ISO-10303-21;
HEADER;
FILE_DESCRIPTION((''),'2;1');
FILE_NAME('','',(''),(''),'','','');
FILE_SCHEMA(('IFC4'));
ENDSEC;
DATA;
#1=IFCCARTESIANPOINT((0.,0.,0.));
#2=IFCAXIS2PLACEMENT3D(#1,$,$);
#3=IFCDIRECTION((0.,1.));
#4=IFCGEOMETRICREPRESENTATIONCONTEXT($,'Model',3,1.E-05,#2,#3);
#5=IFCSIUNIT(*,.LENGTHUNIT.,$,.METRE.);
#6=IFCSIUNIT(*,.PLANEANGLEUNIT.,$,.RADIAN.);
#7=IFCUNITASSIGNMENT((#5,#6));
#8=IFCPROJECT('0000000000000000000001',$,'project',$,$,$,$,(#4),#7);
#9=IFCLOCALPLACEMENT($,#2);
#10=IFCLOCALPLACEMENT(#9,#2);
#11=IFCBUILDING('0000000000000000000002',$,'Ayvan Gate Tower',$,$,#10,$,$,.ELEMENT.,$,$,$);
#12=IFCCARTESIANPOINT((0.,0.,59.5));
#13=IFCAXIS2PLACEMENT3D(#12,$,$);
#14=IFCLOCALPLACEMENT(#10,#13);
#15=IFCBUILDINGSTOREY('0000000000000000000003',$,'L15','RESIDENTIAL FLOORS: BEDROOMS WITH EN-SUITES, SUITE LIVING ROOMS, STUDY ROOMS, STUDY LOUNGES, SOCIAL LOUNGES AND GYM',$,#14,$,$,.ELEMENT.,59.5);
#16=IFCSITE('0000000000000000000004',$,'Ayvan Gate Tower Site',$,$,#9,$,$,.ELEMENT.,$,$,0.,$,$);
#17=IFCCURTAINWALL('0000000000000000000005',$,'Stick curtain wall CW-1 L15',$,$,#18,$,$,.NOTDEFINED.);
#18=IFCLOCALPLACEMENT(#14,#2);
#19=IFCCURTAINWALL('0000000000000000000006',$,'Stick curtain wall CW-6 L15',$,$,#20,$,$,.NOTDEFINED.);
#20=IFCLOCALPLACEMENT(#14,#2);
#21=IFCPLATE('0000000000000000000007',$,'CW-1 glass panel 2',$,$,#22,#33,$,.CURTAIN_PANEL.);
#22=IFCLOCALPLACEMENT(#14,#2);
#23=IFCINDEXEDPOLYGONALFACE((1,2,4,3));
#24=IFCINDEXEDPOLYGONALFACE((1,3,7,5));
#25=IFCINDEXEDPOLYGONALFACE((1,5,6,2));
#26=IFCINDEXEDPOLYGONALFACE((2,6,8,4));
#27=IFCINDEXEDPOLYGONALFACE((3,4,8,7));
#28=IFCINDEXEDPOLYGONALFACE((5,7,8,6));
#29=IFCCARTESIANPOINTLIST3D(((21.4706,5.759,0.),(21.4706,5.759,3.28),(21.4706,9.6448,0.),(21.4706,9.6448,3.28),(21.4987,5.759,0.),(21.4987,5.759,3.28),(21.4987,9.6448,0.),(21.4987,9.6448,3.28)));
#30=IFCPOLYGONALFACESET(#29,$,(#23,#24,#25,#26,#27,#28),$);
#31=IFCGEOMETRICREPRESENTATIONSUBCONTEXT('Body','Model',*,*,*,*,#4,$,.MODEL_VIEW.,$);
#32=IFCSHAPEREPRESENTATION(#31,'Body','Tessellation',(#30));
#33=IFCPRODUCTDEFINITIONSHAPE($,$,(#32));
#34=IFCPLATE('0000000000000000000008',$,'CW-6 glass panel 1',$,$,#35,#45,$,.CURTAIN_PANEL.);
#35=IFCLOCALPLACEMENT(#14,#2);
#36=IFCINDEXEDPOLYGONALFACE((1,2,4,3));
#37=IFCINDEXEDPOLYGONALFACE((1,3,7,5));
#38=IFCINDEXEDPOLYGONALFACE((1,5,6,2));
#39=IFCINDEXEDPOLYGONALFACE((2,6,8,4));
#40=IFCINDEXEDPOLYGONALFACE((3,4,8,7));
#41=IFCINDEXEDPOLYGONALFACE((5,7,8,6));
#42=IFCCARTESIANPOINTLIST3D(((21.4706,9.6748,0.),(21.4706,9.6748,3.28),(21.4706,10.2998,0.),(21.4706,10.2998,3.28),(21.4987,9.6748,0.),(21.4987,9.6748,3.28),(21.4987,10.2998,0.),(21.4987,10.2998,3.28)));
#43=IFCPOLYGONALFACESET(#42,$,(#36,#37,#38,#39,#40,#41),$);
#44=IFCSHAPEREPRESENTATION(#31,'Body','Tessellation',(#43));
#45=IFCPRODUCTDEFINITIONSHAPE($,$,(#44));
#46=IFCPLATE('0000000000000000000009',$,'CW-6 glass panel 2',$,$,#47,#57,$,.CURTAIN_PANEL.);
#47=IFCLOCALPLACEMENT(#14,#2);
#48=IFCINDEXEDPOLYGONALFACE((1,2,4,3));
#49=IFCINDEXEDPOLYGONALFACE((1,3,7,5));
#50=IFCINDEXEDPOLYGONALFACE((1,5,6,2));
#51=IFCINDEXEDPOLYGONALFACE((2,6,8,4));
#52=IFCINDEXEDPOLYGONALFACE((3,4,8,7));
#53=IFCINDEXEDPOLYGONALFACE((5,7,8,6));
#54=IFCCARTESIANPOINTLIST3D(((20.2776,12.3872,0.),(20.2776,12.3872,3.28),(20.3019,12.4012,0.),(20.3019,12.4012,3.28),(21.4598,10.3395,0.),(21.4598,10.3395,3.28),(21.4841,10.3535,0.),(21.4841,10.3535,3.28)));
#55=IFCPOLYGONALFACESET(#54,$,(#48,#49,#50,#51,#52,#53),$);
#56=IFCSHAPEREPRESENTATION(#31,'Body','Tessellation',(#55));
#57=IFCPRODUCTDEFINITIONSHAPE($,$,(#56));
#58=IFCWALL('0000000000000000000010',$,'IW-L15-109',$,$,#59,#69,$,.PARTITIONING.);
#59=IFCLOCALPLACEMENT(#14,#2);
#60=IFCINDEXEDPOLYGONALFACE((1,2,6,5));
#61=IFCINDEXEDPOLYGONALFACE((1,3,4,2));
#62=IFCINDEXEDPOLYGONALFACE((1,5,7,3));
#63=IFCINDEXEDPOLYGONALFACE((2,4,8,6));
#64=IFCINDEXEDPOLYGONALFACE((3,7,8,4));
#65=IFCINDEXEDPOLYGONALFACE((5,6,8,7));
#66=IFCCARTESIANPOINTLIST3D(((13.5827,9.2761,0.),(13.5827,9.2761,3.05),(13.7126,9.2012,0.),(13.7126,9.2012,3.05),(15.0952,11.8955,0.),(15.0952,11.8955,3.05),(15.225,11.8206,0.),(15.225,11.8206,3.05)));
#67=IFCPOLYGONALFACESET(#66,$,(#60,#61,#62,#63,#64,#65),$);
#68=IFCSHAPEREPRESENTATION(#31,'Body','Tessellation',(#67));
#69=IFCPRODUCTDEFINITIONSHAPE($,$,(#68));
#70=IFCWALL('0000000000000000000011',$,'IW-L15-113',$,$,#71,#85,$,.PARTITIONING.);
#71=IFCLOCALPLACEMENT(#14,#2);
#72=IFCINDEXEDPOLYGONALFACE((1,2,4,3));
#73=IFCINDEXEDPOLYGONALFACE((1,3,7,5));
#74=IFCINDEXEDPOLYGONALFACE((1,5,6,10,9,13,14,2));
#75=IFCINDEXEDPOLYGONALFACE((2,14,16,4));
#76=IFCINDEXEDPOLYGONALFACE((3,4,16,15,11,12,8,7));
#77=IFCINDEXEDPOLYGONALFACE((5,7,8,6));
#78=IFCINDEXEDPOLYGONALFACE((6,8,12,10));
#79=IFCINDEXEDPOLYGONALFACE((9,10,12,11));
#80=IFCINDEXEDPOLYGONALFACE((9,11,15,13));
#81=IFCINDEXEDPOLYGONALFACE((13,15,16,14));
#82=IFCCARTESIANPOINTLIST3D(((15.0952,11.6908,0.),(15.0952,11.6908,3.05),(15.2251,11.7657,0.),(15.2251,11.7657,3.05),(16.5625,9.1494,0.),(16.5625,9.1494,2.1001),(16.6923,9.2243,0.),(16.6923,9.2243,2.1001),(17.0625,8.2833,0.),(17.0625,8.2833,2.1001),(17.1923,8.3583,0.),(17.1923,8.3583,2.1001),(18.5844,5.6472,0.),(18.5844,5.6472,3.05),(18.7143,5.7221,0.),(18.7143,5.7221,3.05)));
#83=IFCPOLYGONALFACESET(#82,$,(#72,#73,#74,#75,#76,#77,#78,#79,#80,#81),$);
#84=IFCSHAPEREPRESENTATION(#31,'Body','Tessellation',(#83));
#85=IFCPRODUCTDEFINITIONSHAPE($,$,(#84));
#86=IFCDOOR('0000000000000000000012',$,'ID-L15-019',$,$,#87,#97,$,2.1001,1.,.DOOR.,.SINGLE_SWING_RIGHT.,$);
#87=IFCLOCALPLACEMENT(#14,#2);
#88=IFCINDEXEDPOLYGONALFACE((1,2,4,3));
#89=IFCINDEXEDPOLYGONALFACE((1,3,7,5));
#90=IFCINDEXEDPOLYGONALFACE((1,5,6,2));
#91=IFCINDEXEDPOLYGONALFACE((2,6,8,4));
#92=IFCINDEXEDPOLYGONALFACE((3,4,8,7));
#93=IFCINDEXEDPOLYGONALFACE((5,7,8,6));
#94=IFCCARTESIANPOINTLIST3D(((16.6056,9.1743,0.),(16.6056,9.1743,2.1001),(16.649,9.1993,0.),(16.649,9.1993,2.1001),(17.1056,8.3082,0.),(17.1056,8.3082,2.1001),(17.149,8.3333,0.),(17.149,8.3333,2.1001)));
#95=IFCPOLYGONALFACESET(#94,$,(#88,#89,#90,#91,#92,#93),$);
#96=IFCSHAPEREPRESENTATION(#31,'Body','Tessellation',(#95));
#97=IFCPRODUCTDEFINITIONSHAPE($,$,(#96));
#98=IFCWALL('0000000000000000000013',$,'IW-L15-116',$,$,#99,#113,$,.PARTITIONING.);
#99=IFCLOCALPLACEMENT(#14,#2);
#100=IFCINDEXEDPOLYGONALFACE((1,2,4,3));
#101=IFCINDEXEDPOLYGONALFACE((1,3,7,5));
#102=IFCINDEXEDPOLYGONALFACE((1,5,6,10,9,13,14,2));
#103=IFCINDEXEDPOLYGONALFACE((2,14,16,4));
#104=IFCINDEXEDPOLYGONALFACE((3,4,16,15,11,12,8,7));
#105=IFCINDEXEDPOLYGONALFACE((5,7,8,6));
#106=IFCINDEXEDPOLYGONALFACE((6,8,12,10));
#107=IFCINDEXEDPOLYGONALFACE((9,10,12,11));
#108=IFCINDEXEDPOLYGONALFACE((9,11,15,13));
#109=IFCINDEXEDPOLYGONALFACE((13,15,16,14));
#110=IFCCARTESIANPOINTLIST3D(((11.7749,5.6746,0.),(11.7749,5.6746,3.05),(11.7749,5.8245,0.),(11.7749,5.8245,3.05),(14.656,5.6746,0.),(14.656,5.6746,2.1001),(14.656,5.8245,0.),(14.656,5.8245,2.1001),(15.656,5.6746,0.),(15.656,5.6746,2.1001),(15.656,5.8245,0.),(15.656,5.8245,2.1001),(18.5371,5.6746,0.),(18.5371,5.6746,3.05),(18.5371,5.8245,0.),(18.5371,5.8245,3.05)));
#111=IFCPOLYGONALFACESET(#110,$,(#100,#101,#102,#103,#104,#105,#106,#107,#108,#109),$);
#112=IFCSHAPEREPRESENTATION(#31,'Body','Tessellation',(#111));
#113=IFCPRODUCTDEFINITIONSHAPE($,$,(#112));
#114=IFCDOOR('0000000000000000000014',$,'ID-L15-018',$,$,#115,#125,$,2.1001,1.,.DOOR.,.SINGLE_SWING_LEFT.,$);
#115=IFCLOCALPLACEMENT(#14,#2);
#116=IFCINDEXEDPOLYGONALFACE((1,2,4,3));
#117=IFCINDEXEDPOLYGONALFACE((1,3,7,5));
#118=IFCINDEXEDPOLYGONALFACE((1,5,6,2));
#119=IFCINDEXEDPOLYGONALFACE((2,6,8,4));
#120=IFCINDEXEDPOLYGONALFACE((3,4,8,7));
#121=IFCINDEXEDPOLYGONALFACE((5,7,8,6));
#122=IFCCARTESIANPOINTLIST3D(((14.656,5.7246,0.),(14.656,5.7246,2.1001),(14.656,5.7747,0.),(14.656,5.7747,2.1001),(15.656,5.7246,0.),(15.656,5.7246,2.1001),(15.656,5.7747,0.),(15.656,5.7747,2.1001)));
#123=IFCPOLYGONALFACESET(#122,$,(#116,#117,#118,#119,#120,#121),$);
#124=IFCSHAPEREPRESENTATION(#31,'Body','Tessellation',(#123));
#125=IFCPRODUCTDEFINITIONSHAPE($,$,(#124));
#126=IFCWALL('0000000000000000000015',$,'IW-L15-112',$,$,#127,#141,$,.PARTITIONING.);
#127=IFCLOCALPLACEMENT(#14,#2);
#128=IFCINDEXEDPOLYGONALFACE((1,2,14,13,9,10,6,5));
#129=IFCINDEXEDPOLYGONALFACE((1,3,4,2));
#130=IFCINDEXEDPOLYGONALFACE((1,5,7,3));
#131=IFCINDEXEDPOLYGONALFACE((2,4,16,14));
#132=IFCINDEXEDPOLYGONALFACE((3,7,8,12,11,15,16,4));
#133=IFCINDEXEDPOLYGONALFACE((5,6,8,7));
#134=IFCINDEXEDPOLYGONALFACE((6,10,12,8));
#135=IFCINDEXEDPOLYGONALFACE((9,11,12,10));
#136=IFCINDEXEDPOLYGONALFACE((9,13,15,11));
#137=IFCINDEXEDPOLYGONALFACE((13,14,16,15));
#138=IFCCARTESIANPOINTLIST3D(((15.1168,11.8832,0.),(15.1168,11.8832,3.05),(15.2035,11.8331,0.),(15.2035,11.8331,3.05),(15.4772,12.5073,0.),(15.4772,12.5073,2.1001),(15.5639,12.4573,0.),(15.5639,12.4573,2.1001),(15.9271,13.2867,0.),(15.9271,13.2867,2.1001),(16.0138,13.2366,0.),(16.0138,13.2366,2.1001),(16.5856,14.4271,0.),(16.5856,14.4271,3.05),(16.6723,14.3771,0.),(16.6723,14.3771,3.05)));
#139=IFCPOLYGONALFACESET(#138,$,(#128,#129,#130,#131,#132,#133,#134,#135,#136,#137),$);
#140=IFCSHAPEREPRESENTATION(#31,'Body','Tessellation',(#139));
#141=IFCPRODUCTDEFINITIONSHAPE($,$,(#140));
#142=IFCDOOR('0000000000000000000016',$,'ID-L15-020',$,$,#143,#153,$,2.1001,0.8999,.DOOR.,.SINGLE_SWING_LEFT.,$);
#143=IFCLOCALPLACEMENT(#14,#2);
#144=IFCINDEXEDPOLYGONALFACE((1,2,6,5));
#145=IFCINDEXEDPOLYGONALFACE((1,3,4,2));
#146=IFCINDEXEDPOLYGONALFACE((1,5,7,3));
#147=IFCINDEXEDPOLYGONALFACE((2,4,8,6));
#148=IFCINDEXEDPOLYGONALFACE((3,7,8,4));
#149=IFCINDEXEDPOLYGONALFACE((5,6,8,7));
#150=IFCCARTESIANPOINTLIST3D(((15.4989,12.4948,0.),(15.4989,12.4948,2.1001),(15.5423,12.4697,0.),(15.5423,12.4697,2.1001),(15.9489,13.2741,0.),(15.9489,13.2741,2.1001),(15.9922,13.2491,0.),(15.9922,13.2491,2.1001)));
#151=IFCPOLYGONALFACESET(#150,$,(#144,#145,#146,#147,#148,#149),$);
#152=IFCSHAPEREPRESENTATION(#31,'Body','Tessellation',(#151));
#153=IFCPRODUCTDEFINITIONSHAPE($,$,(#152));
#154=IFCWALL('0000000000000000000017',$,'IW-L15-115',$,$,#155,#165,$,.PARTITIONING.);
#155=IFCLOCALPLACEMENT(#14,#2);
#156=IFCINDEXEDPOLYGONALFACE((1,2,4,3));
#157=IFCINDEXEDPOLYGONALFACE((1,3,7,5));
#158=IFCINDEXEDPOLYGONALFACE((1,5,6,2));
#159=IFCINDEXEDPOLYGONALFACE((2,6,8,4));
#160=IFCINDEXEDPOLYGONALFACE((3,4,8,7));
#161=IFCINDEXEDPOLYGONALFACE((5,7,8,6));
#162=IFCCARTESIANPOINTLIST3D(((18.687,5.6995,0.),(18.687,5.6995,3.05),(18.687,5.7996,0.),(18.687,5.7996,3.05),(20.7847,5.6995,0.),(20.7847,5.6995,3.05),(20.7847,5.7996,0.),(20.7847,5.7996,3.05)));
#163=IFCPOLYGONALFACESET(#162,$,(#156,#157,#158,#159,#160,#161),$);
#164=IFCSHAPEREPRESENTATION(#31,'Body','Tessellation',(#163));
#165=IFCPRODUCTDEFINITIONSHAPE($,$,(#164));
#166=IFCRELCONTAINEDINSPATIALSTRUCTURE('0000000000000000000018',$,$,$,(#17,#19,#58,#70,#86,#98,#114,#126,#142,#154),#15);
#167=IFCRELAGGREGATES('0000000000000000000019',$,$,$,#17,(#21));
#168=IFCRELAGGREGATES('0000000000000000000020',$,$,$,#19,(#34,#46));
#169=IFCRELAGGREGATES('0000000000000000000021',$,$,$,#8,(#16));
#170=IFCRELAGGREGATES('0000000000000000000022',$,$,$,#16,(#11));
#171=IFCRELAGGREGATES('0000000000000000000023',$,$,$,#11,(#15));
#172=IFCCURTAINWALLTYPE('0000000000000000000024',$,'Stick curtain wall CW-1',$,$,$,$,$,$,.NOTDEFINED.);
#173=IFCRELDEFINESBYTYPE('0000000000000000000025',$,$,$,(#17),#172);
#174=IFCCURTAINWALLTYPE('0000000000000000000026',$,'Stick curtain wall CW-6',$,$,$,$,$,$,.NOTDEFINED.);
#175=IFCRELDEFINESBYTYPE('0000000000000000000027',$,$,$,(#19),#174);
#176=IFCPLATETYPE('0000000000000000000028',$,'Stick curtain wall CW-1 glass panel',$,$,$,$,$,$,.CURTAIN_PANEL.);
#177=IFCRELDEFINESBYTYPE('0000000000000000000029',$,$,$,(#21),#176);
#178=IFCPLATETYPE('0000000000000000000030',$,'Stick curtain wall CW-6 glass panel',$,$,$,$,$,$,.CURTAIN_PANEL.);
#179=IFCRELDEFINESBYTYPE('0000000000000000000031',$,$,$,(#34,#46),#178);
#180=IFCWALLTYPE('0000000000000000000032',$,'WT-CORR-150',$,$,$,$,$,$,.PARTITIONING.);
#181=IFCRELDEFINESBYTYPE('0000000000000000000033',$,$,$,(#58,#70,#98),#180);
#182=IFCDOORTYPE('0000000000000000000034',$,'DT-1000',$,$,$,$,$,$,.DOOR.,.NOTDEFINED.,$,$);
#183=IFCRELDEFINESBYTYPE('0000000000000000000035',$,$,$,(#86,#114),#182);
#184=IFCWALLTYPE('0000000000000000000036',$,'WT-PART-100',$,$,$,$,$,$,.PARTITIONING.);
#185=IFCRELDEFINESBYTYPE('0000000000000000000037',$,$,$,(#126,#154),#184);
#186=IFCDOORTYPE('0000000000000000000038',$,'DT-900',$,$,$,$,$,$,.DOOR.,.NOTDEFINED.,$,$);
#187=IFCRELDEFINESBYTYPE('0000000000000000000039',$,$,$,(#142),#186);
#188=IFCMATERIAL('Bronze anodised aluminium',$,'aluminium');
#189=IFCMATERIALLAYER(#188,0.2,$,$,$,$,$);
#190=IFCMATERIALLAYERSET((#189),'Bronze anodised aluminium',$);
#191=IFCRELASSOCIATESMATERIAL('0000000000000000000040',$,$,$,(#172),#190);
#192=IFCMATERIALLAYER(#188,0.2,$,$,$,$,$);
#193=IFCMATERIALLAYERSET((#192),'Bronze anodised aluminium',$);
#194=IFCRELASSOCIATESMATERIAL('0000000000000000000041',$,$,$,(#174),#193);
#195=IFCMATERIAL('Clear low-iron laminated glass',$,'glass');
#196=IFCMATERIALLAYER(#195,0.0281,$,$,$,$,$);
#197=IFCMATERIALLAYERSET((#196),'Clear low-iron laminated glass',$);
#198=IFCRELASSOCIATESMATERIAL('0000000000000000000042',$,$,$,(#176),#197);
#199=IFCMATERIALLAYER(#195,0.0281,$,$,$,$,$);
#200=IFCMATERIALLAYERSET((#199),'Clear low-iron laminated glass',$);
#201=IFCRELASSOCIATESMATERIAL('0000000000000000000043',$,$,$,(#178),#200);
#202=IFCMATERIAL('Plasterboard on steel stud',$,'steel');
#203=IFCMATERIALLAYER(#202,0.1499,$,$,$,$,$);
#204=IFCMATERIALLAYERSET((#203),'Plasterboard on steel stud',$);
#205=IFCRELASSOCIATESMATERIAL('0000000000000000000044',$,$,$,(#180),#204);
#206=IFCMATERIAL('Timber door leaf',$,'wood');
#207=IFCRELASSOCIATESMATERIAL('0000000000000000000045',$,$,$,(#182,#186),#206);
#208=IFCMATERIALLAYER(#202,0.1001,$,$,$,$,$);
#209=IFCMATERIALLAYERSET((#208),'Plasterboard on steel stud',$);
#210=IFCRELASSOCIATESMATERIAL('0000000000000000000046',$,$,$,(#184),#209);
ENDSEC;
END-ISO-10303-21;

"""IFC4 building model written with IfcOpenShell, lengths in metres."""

from ifc_helpers import new_model, si_unit, direction, frame, frame_2d, origin, origin_2d, place, context, subcontext, project, spatial, rectangle, extrude, material, layer, layer_set, type_object, element, fill, aggregate, save


model = new_model("IFC4")

# Units and contexts
model_context = context("Model", 3, precision=1e-05, world=origin(), true_north=direction((0.0, 1.0)))
body_context = subcontext(model_context, "Body", "Model", "MODEL_VIEW")
ifc_project = project(units=[si_unit("LENGTHUNIT", "METRE"), si_unit("PLANEANGLEUNIT", "RADIAN")], contexts=[model_context])

# Site, building, storey
site_placement = place(None, origin())
site = spatial("IfcSite", under=ifc_project, at=site_placement, Name="Ayvan Gate Tower Site", CompositionType="ELEMENT", RefElevation=0.0)
building_placement = place(site_placement, origin())
building = spatial("IfcBuilding", under=site, at=building_placement, Name="Ayvan Gate Tower", CompositionType="ELEMENT")
storey_placement = place(building_placement, frame((0.0, 0.0, 59.5)))
storey = spatial("IfcBuildingStorey", under=building, at=storey_placement, Name="L15", Description="RESIDENTIAL FLOORS: BEDROOMS WITH EN-SUITES, SUITE LIVING ROOMS, STUDY ROOMS, STUDY LOUNGES, SOCIAL LOUNGES AND GYM", CompositionType="ELEMENT", Elevation=59.5)

# Curtain walls
ifc_material_1 = material(Name="Bronze anodised aluminium", Category="aluminium")
ifc_layer_1 = layer(ifc_material_1, 0.2)
ifc_layer_set_1 = layer_set([ifc_layer_1], Name="Bronze anodised aluminium")
curtain_wall_type_1 = type_object("IfcCurtainWallType", Name="Stick curtain wall CW-1", PredefinedType="NOTDEFINED", material=ifc_layer_set_1)
curtain_wall_1_placement = place(storey_placement, origin())
curtain_wall_1 = element("IfcCurtainWall", 1, at=curtain_wall_1_placement, inside=storey, type_object=curtain_wall_type_1, Name="Stick curtain wall CW-1 L15", PredefinedType="NOTDEFINED")
ifc_layer_2 = layer(ifc_material_1, 0.2)
ifc_layer_set_2 = layer_set([ifc_layer_2], Name="Bronze anodised aluminium")
curtain_wall_type_2 = type_object("IfcCurtainWallType", Name="Stick curtain wall CW-6", PredefinedType="NOTDEFINED", material=ifc_layer_set_2)
curtain_wall_2_placement = place(storey_placement, origin())
curtain_wall_2 = element("IfcCurtainWall", 2, at=curtain_wall_2_placement, inside=storey, type_object=curtain_wall_type_2, Name="Stick curtain wall CW-6 L15", PredefinedType="NOTDEFINED")

# Plates
ifc_material_2 = material(Name="Clear low-iron laminated glass", Category="glass")
ifc_layer_3 = layer(ifc_material_2, 0.0281)
ifc_layer_set_3 = layer_set([ifc_layer_3], Name="Clear low-iron laminated glass")
plate_type_1 = type_object("IfcPlateType", Name="Stick curtain wall CW-1 glass panel", PredefinedType="CURTAIN_PANEL", material=ifc_layer_set_3)
plate_1_placement = place(storey_placement, frame((21.4846, 7.7019, 0.0), z_axis=(0.0, 0.0, 1.0), x_axis=(0.0, 1.0, 0.0)))
plate_1 = element("IfcPlate", 3, at=plate_1_placement, type_object=plate_type_1, Name="CW-1 glass panel 2", PredefinedType="CURTAIN_PANEL", context=body_context, shape_type="SweptSolid", body=[
    extrude(rectangle(XDim=3.8857, YDim=0.0281, at=origin_2d()), origin(), (0.0, 0.0, 1.0), 3.28),
])
aggregate(curtain_wall_1, [plate_1])
ifc_layer_4 = layer(ifc_material_2, 0.0281)
ifc_layer_set_4 = layer_set([ifc_layer_4], Name="Clear low-iron laminated glass")
plate_type_2 = type_object("IfcPlateType", Name="Stick curtain wall CW-6 glass panel", PredefinedType="CURTAIN_PANEL", material=ifc_layer_set_4)
plate_2_placement = place(storey_placement, frame((21.4846, 9.9873, 0.0), z_axis=(0.0, 0.0, 1.0), x_axis=(0.0, 1.0, 0.0)))
plate_2 = element("IfcPlate", 4, at=plate_2_placement, type_object=plate_type_2, Name="CW-6 glass panel 1", PredefinedType="CURTAIN_PANEL", context=body_context, shape_type="SweptSolid", body=[
    extrude(rectangle(XDim=0.625, YDim=0.0281, at=origin_2d()), origin(), (0.0, 0.0, 1.0), 3.28),
])
plate_3_placement = place(storey_placement, frame((20.8809, 11.3704, 0.0), z_axis=(0.0, 0.0, 1.0), x_axis=(-0.5, 0.866025, 0.0)))
plate_3 = element("IfcPlate", 5, at=plate_3_placement, type_object=plate_type_2, Name="CW-6 glass panel 2", PredefinedType="CURTAIN_PANEL", context=body_context, shape_type="SweptSolid", body=[
    extrude(rectangle(XDim=2.3645, YDim=0.0281, at=origin_2d()), origin(), (0.0, 0.0, 1.0), 3.28),
])
aggregate(curtain_wall_2, [plate_2, plate_3])

# Wall
ifc_material_3 = material(Name="Plasterboard on steel stud", Category="steel")
ifc_layer_5 = layer(ifc_material_3, 0.1499)
ifc_layer_set_5 = layer_set([ifc_layer_5], Name="Plasterboard on steel stud")
wall_type_1 = type_object("IfcWallType", Name="WT-CORR-150", PredefinedType="PARTITIONING", material=ifc_layer_set_5)
wall_1_placement = place(storey_placement, frame((13.6477, 9.2388, 0.0), z_axis=(0.0, 0.0, 1.0), x_axis=(0.500037, 0.866004, 0.0)))
element("IfcWall", 6, at=wall_1_placement, inside=storey, type_object=wall_type_1, Name="IW-L15-109", PredefinedType="PARTITIONING", context=body_context, shape_type="SweptSolid", body=[
    extrude(rectangle(XDim=3.0247, YDim=0.1499, at=frame_2d((1.5122, 0.0))), origin(), (0.0, 0.0, 1.0), 3.05),
])

# Walls, openings, doors
wall_2_placement = place(storey_placement, frame((15.1602, 11.7283, 0.0), z_axis=(0.0, 0.0, 1.0), x_axis=(0.499992, -0.86603, 0.0)))
wall_2 = element("IfcWall", 7, at=wall_2_placement, inside=storey, type_object=wall_type_1, Name="IW-L15-113", PredefinedType="PARTITIONING", context=body_context, shape_type="SweptSolid", body=[
    extrude(rectangle(XDim=6.9785, YDim=0.1499, at=frame_2d((3.4893, 0.0))), origin(), (0.0, 0.0, 1.0), 3.05),
])
opening_1_placement = place(wall_2_placement, frame((2.9346, 0.0, 0.0)))
opening_1 = element("IfcOpeningElement", 8, at=opening_1_placement, cuts=wall_2, PredefinedType="OPENING", context=body_context, shape_type="SweptSolid", body=[
    extrude(rectangle(XDim=1.0, YDim=2.1001, at=frame_2d((0.5, 1.05))), frame((0.0, 0.085, 0.0), z_axis=(0.0, -1.0, 0.0), x_axis=(1.0, 0.0, 0.0)), (0.0, 0.0, 1.0), 0.1699),
])
ifc_material_4 = material(Name="Timber door leaf", Category="wood")
door_type_1 = type_object("IfcDoorType", Name="DT-1000", OperationType="NOTDEFINED", PredefinedType="DOOR", material=ifc_material_4)
door_1_placement = place(opening_1_placement, origin())
door_1 = element("IfcDoor", 9, at=door_1_placement, inside=storey, type_object=door_type_1, Name="ID-L15-019", OperationType="SINGLE_SWING_RIGHT", OverallHeight=2.1001, OverallWidth=1.0, PredefinedType="DOOR", context=body_context, shape_type="SweptSolid", body=[
    extrude(rectangle(XDim=1.0, YDim=2.1001, at=frame_2d((0.5, 1.05))), frame((0.0, 0.0249, 0.0), z_axis=(0.0, -1.0, 0.0), x_axis=(1.0, 0.0, 0.0)), (0.0, 0.0, 1.0), 0.05),
])
fill(opening_1, door_1)
wall_3_placement = place(storey_placement, frame((18.5371, 5.7495, 0.0), z_axis=(0.0, 0.0, 1.0), x_axis=(-1.0, 0.0, 0.0)))
wall_3 = element("IfcWall", 10, at=wall_3_placement, inside=storey, type_object=wall_type_1, Name="IW-L15-116", PredefinedType="PARTITIONING", context=body_context, shape_type="SweptSolid", body=[
    extrude(rectangle(XDim=6.7622, YDim=0.1499, at=frame_2d((3.3811, 0.0))), origin(), (0.0, 0.0, 1.0), 3.05),
])
opening_2_placement = place(wall_3_placement, frame((2.8811, 0.0, 0.0)))
opening_2 = element("IfcOpeningElement", 11, at=opening_2_placement, cuts=wall_3, PredefinedType="OPENING", context=body_context, shape_type="SweptSolid", body=[
    extrude(rectangle(XDim=1.0, YDim=2.1001, at=frame_2d((0.5, 1.05))), frame((0.0, 0.085, 0.0), z_axis=(0.0, -1.0, 0.0), x_axis=(1.0, 0.0, 0.0)), (0.0, 0.0, 1.0), 0.1699),
])
door_2_placement = place(opening_2_placement, origin())
door_2 = element("IfcDoor", 12, at=door_2_placement, inside=storey, type_object=door_type_1, Name="ID-L15-018", OperationType="SINGLE_SWING_LEFT", OverallHeight=2.1001, OverallWidth=1.0, PredefinedType="DOOR", context=body_context, shape_type="SweptSolid", body=[
    extrude(rectangle(XDim=1.0, YDim=2.1001, at=frame_2d((0.5, 1.05))), frame((0.0, 0.0249, 0.0), z_axis=(0.0, -1.0, 0.0), x_axis=(1.0, 0.0, 0.0)), (0.0, 0.0, 1.0), 0.05),
])
fill(opening_2, door_2)
ifc_layer_6 = layer(ifc_material_3, 0.1001)
ifc_layer_set_6 = layer_set([ifc_layer_6], Name="Plasterboard on steel stud")
wall_type_2 = type_object("IfcWallType", Name="WT-PART-100", PredefinedType="PARTITIONING", material=ifc_layer_set_6)
wall_4_placement = place(storey_placement, frame((15.1602, 11.8582, 0.0), z_axis=(0.0, 0.0, 1.0), x_axis=(0.500001, 0.866025, 0.0)))
wall_4 = element("IfcWall", 13, at=wall_4_placement, inside=storey, type_object=wall_type_2, Name="IW-L15-112", PredefinedType="PARTITIONING", context=body_context, shape_type="SweptSolid", body=[
    extrude(rectangle(XDim=2.9375, YDim=0.1001, at=frame_2d((1.4688, 0.0))), origin(), (0.0, 0.0, 1.0), 3.05),
])
opening_3_placement = place(wall_4_placement, frame((0.7207, 0.0, 0.0)))
opening_3 = element("IfcOpeningElement", 14, at=opening_3_placement, cuts=wall_4, PredefinedType="OPENING", context=body_context, shape_type="SweptSolid", body=[
    extrude(rectangle(XDim=0.8999, YDim=2.1001, at=frame_2d((0.45, 1.05))), frame((0.0, 0.0601, 0.0), z_axis=(0.0, -1.0, 0.0), x_axis=(1.0, 0.0, 0.0)), (0.0, 0.0, 1.0), 0.1201),
])
door_type_2 = type_object("IfcDoorType", Name="DT-900", OperationType="NOTDEFINED", PredefinedType="DOOR", material=ifc_material_4)
door_3_placement = place(opening_3_placement, origin())
door_3 = element("IfcDoor", 15, at=door_3_placement, inside=storey, type_object=door_type_2, Name="ID-L15-020", OperationType="SINGLE_SWING_LEFT", OverallHeight=2.1001, OverallWidth=0.8999, PredefinedType="DOOR", context=body_context, shape_type="SweptSolid", body=[
    extrude(rectangle(XDim=0.8999, YDim=2.1001, at=frame_2d((0.45, 1.05))), frame((0.0, 0.0249, 0.0), z_axis=(0.0, -1.0, 0.0), x_axis=(1.0, 0.0, 0.0)), (0.0, 0.0, 1.0), 0.05),
])
fill(opening_3, door_3)

# Wall
wall_5_placement = place(storey_placement, frame((18.687, 5.7495, 0.0), z_axis=(0.0, 0.0, 1.0), x_axis=(1.0, 0.0, 0.0)))
element("IfcWall", 16, at=wall_5_placement, inside=storey, type_object=wall_type_2, Name="IW-L15-115", PredefinedType="PARTITIONING", context=body_context, shape_type="SweptSolid", body=[
    extrude(rectangle(XDim=2.0977, YDim=0.1001, at=frame_2d((1.0488, 0.0))), origin(), (0.0, 0.0, 1.0), 3.05),
])

save(model, "model.ifc")
